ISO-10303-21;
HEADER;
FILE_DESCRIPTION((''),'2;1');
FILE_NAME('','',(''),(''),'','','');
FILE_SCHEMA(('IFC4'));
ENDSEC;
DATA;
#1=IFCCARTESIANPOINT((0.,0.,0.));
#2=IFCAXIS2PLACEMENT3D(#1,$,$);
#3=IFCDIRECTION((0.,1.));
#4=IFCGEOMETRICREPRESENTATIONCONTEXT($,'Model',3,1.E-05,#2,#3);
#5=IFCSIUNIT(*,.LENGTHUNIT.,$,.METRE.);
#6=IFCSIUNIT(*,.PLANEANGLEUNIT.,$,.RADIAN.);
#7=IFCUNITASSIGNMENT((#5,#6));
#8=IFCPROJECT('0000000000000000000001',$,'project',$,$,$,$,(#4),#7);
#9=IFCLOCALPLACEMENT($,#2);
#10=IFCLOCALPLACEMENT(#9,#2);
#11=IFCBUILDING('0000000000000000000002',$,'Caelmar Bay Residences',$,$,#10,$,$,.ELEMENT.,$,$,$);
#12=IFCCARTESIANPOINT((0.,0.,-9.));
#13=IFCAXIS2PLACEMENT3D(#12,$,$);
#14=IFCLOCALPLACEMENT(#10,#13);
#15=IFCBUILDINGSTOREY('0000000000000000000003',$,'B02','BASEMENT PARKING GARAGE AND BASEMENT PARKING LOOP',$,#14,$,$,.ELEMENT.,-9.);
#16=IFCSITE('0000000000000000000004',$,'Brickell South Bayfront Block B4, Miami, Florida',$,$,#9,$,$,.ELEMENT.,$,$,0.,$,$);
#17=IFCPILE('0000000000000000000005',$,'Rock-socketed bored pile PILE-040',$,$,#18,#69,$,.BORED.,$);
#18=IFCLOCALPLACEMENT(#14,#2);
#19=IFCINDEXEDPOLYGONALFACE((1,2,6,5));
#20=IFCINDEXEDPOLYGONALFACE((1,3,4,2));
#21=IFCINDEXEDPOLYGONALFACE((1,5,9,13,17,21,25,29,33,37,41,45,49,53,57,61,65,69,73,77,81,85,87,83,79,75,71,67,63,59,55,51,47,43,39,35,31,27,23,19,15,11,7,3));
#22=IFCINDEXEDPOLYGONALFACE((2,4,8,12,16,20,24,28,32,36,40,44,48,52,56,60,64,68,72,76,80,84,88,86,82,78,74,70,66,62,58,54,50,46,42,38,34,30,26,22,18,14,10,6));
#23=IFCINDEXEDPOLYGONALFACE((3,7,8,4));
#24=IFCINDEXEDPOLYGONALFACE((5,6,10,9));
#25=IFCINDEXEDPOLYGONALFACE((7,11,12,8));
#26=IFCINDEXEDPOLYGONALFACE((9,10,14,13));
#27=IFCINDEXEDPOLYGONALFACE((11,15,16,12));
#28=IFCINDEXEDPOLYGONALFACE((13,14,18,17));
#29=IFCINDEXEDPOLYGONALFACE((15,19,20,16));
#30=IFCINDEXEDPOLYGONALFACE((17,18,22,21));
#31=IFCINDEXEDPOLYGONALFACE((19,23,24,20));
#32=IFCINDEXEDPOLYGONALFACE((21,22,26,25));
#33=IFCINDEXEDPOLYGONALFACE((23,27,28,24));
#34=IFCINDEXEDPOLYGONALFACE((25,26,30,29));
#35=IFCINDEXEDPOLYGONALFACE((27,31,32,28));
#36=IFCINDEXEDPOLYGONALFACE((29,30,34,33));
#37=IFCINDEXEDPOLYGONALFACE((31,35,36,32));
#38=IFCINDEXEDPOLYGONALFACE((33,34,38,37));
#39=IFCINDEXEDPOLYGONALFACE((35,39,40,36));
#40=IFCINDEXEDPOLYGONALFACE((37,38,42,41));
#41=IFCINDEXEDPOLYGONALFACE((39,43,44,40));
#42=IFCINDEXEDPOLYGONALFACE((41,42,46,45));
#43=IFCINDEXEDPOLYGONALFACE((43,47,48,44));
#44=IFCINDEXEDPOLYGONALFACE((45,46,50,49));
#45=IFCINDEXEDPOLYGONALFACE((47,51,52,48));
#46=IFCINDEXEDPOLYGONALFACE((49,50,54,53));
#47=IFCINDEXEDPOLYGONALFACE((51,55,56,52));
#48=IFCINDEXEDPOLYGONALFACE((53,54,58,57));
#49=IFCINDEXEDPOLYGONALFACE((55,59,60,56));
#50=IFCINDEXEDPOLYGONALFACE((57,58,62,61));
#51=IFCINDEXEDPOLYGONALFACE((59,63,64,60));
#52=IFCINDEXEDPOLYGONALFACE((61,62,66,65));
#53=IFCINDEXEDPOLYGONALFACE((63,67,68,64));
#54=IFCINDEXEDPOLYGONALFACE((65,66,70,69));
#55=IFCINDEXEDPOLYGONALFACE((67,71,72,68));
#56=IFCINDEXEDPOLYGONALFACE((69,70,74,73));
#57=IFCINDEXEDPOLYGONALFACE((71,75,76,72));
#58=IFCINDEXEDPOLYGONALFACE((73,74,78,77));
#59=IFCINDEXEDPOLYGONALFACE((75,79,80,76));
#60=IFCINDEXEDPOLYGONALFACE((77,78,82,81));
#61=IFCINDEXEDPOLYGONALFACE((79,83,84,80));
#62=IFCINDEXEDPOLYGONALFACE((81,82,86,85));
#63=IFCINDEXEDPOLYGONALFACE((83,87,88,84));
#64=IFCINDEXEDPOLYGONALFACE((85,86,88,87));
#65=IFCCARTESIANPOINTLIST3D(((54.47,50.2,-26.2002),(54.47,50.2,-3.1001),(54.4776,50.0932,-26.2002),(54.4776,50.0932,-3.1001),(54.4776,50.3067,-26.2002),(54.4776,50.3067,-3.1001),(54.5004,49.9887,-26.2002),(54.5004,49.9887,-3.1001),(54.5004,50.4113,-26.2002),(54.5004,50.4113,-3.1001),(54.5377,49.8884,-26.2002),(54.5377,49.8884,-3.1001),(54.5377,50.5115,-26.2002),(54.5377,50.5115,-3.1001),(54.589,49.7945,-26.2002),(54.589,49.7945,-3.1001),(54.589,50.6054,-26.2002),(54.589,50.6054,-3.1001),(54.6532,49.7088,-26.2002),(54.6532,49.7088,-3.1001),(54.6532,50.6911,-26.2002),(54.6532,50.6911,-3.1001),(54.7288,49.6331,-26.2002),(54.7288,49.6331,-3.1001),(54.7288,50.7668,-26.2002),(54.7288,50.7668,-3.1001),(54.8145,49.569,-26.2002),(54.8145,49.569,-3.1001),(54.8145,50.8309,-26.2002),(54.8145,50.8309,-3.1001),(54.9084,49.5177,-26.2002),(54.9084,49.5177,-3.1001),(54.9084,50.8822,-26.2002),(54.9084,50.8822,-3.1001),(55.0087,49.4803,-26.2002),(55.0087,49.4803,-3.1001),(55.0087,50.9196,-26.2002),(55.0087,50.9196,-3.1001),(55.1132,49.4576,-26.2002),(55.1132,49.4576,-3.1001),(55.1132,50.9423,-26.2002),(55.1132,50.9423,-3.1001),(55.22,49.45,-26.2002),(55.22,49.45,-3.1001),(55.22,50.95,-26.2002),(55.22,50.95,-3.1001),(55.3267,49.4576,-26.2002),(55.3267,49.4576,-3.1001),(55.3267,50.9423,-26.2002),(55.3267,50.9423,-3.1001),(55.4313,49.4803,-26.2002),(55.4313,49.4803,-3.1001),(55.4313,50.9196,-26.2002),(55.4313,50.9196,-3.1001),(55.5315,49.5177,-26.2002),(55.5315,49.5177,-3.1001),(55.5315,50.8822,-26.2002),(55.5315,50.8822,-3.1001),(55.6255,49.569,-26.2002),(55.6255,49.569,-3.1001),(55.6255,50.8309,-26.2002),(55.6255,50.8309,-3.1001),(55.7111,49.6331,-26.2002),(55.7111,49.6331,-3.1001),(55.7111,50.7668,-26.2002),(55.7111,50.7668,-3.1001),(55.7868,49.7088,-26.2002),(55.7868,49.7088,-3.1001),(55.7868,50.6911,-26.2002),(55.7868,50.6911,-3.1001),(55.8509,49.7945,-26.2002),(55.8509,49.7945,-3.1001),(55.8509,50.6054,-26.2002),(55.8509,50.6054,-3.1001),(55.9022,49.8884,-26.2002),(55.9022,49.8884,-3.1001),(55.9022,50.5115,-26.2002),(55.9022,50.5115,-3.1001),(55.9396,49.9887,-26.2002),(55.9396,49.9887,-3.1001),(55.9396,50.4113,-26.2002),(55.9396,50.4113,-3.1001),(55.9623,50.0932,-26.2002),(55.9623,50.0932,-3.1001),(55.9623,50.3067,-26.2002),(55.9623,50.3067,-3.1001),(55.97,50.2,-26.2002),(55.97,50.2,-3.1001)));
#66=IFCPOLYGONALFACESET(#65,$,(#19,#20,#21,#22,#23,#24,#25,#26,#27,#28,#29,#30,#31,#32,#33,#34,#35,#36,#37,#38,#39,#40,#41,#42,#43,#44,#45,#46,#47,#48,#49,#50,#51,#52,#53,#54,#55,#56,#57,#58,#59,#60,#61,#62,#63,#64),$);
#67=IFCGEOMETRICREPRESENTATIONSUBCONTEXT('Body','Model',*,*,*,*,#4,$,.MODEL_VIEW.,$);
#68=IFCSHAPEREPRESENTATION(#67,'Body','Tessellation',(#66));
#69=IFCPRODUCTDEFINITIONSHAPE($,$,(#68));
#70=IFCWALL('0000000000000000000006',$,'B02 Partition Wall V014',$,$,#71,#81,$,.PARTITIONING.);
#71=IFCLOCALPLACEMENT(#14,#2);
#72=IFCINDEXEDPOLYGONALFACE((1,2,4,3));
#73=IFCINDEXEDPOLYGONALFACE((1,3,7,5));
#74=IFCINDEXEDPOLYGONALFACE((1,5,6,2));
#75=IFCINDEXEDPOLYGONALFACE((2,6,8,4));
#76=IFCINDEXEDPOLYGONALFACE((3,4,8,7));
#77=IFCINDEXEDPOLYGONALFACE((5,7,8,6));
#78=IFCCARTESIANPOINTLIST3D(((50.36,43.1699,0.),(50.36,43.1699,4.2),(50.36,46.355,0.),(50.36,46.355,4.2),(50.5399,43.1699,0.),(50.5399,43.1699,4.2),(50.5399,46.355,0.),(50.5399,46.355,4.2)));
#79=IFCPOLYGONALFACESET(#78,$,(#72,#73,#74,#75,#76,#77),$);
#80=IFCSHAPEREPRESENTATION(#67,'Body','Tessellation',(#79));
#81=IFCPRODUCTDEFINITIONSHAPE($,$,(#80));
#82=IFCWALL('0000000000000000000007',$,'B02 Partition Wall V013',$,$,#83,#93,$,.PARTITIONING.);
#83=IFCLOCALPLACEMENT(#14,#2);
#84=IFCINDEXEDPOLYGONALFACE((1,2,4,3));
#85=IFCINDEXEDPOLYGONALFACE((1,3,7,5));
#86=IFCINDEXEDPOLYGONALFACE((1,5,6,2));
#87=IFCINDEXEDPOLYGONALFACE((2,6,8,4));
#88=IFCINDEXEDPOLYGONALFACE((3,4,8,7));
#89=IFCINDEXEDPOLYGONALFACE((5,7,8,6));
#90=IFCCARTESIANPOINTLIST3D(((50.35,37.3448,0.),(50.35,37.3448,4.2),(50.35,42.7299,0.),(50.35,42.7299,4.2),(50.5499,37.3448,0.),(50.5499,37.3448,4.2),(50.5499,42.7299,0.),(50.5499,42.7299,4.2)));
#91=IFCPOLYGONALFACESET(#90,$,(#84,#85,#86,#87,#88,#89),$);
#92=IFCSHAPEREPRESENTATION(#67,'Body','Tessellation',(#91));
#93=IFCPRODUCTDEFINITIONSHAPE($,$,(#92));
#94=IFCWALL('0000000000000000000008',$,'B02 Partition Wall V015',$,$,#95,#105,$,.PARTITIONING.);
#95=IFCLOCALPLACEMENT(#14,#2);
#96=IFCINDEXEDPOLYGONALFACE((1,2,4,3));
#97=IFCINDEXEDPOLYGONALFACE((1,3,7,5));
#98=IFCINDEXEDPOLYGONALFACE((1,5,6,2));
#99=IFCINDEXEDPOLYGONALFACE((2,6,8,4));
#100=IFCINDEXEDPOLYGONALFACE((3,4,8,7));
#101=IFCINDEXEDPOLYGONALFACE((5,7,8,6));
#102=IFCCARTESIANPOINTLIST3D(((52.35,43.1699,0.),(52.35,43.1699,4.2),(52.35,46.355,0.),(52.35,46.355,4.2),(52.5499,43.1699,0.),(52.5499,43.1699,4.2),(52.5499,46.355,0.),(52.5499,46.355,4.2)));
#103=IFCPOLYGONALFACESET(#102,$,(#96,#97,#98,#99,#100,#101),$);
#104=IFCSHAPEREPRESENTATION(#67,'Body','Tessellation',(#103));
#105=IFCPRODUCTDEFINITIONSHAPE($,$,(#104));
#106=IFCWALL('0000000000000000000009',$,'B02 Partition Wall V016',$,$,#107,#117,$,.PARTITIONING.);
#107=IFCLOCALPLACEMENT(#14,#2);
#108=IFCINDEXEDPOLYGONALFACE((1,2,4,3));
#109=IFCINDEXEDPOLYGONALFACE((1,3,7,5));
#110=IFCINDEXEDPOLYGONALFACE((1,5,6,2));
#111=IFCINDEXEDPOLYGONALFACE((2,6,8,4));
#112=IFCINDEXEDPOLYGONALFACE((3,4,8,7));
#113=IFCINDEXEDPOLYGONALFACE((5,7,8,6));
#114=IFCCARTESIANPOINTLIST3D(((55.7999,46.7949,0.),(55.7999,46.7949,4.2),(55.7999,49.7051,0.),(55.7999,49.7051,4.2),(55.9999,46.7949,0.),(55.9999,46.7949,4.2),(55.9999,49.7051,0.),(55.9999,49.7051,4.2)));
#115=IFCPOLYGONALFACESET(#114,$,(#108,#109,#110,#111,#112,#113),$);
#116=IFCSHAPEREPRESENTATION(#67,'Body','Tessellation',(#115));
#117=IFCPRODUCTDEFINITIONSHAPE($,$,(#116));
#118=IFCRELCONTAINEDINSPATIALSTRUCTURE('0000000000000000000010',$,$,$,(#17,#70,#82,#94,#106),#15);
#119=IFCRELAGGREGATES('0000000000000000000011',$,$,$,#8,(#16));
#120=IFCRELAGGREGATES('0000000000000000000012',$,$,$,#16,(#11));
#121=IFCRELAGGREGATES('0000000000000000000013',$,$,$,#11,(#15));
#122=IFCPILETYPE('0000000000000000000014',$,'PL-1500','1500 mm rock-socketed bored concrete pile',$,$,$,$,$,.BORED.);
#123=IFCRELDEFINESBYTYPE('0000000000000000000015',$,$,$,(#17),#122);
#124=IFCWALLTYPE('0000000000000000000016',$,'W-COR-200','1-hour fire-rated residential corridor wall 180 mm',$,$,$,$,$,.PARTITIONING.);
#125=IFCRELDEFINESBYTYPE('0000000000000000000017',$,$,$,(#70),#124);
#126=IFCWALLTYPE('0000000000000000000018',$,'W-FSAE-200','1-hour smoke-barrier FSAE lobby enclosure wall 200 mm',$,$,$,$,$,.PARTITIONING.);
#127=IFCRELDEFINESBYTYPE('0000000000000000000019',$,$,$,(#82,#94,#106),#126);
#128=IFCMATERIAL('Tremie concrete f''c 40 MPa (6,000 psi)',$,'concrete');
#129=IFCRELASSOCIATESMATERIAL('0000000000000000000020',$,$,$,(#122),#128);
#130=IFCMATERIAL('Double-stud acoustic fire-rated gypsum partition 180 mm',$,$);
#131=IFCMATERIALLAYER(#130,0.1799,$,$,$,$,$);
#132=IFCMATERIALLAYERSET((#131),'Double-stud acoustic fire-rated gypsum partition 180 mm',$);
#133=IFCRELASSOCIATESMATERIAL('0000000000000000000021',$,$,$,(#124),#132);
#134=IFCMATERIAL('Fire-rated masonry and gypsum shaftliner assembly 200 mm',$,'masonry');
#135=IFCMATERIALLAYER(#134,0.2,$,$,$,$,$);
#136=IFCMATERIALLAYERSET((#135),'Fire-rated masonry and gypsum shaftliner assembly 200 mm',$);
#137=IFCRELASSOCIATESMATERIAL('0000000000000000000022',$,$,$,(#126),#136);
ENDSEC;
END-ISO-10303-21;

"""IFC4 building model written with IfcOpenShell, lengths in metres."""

from ifc_helpers import new_model, si_unit, direction, frame, frame_2d, origin, origin_2d, place, context, subcontext, project, spatial, rectangle, circle, extrude, material, layer, layer_set, material_profile, profile_set, type_object, element, save


model = new_model("IFC4")

# Units and contexts
model_context = context("Model", 3, precision=1e-05, world=origin(), true_north=direction((0.0, 1.0)))
body_context = subcontext(model_context, "Body", "Model", "MODEL_VIEW")
ifc_project = project(units=[si_unit("LENGTHUNIT", "METRE"), si_unit("PLANEANGLEUNIT", "RADIAN")], contexts=[model_context])

# Site, building, storey
site_placement = place(None, origin())
site = spatial("IfcSite", under=ifc_project, at=site_placement, Name="Brickell South Bayfront Block B4, Miami, Florida", CompositionType="ELEMENT", RefElevation=0.0)
building_placement = place(site_placement, origin())
building = spatial("IfcBuilding", under=site, at=building_placement, Name="Caelmar Bay Residences", CompositionType="ELEMENT")
storey_placement = place(building_placement, frame((0.0, 0.0, -9.0)))
storey = spatial("IfcBuildingStorey", under=building, at=storey_placement, Name="B02", Description="BASEMENT PARKING GARAGE AND BASEMENT PARKING LOOP", CompositionType="ELEMENT", Elevation=-9.0)

# Pile
ifc_material_1 = material(Name="Tremie concrete f'c 40 MPa (6,000 psi)", Category="concrete")
ifc_material_profile_1 = material_profile(ifc_material_1, circle(Radius=0.75, at=origin_2d()), Name="PILE-1500D")
ifc_profile_set_1 = profile_set([ifc_material_profile_1], Name="Tremie concrete f'c 40 MPa (6,000 psi)")
pile_type_1 = type_object("IfcPileType", Name="PL-1500", Description="1500 mm rock-socketed bored concrete pile", PredefinedType="BORED", material=ifc_profile_set_1)
for number, where, z_axis, x_axis, name in (
    (1, (55.22, 50.2, -3.1001), (0.0, 0.0, -1.0), (1.0, 0.0, 0.0), "Rock-socketed bored pile PILE-040"),
):
    element("IfcPile", number, at=place(storey_placement, frame(where, z_axis=z_axis, x_axis=x_axis)), inside=storey, type_object=pile_type_1, Name=name, PredefinedType="BORED", context=body_context, shape_type="SweptSolid", body=[
        extrude(circle(Radius=0.75, at=origin_2d()), origin(), (0.0, 0.0, 1.0), 23.1001),
    ])

# Walls
ifc_material_2 = material(Name="Double-stud acoustic fire-rated gypsum partition 180 mm")
ifc_layer_1 = layer(ifc_material_2, 0.1799)
ifc_layer_set_1 = layer_set([ifc_layer_1], Name="Double-stud acoustic fire-rated gypsum partition 180 mm")
wall_type_1 = type_object("IfcWallType", Name="W-COR-200", Description="1-hour fire-rated residential corridor wall 180 mm", PredefinedType="PARTITIONING", material=ifc_layer_set_1)
wall_1_placement = place(storey_placement, frame((50.45, 43.1699, 0.0), z_axis=(0.0, 0.0, 1.0), x_axis=(0.0, 1.0, 0.0)))
element("IfcWall", 2, at=wall_1_placement, inside=storey, type_object=wall_type_1, Name="B02 Partition Wall V014", PredefinedType="PARTITIONING", context=body_context, shape_type="SweptSolid", body=[
    extrude(rectangle(XDim=3.1851, YDim=0.1799, at=frame_2d((1.5925, 0.0))), origin(), (0.0, 0.0, 1.0), 4.2),
])
ifc_material_3 = material(Name="Fire-rated masonry and gypsum shaftliner assembly 200 mm", Category="masonry")
ifc_layer_2 = layer(ifc_material_3, 0.2)
ifc_layer_set_2 = layer_set([ifc_layer_2], Name="Fire-rated masonry and gypsum shaftliner assembly 200 mm")
wall_type_2 = type_object("IfcWallType", Name="W-FSAE-200", Description="1-hour smoke-barrier FSAE lobby enclosure wall 200 mm", PredefinedType="PARTITIONING", material=ifc_layer_set_2)
wall_2_placement = place(storey_placement, frame((50.45, 37.345, 0.0), z_axis=(0.0, 0.0, 1.0), x_axis=(0.0, 1.0, 0.0)))
element("IfcWall", 3, at=wall_2_placement, inside=storey, type_object=wall_type_2, Name="B02 Partition Wall V013", PredefinedType="PARTITIONING", context=body_context, shape_type="SweptSolid", body=[
    extrude(rectangle(XDim=5.385, YDim=0.2, at=frame_2d((2.6924, 0.0))), origin(), (0.0, 0.0, 1.0), 4.2),
])
wall_3_placement = place(storey_placement, frame((52.45, 43.1699, 0.0), z_axis=(0.0, 0.0, 1.0), x_axis=(0.0, 1.0, 0.0)))
element("IfcWall", 4, at=wall_3_placement, inside=storey, type_object=wall_type_2, Name="B02 Partition Wall V015", PredefinedType="PARTITIONING", context=body_context, shape_type="SweptSolid", body=[
    extrude(rectangle(XDim=3.1851, YDim=0.2, at=frame_2d((1.5925, 0.0))), origin(), (0.0, 0.0, 1.0), 4.2),
])
wall_4_placement = place(storey_placement, frame((55.8999, 46.7949, 0.0), z_axis=(0.0, 0.0, 1.0), x_axis=(0.0, 1.0, 0.0)))
element("IfcWall", 5, at=wall_4_placement, inside=storey, type_object=wall_type_2, Name="B02 Partition Wall V016", PredefinedType="PARTITIONING", context=body_context, shape_type="SweptSolid", body=[
    extrude(rectangle(XDim=2.9102, YDim=0.2, at=frame_2d((1.4551, 0.0))), origin(), (0.0, 0.0, 1.0), 4.2),
])

save(model, "model.ifc")
